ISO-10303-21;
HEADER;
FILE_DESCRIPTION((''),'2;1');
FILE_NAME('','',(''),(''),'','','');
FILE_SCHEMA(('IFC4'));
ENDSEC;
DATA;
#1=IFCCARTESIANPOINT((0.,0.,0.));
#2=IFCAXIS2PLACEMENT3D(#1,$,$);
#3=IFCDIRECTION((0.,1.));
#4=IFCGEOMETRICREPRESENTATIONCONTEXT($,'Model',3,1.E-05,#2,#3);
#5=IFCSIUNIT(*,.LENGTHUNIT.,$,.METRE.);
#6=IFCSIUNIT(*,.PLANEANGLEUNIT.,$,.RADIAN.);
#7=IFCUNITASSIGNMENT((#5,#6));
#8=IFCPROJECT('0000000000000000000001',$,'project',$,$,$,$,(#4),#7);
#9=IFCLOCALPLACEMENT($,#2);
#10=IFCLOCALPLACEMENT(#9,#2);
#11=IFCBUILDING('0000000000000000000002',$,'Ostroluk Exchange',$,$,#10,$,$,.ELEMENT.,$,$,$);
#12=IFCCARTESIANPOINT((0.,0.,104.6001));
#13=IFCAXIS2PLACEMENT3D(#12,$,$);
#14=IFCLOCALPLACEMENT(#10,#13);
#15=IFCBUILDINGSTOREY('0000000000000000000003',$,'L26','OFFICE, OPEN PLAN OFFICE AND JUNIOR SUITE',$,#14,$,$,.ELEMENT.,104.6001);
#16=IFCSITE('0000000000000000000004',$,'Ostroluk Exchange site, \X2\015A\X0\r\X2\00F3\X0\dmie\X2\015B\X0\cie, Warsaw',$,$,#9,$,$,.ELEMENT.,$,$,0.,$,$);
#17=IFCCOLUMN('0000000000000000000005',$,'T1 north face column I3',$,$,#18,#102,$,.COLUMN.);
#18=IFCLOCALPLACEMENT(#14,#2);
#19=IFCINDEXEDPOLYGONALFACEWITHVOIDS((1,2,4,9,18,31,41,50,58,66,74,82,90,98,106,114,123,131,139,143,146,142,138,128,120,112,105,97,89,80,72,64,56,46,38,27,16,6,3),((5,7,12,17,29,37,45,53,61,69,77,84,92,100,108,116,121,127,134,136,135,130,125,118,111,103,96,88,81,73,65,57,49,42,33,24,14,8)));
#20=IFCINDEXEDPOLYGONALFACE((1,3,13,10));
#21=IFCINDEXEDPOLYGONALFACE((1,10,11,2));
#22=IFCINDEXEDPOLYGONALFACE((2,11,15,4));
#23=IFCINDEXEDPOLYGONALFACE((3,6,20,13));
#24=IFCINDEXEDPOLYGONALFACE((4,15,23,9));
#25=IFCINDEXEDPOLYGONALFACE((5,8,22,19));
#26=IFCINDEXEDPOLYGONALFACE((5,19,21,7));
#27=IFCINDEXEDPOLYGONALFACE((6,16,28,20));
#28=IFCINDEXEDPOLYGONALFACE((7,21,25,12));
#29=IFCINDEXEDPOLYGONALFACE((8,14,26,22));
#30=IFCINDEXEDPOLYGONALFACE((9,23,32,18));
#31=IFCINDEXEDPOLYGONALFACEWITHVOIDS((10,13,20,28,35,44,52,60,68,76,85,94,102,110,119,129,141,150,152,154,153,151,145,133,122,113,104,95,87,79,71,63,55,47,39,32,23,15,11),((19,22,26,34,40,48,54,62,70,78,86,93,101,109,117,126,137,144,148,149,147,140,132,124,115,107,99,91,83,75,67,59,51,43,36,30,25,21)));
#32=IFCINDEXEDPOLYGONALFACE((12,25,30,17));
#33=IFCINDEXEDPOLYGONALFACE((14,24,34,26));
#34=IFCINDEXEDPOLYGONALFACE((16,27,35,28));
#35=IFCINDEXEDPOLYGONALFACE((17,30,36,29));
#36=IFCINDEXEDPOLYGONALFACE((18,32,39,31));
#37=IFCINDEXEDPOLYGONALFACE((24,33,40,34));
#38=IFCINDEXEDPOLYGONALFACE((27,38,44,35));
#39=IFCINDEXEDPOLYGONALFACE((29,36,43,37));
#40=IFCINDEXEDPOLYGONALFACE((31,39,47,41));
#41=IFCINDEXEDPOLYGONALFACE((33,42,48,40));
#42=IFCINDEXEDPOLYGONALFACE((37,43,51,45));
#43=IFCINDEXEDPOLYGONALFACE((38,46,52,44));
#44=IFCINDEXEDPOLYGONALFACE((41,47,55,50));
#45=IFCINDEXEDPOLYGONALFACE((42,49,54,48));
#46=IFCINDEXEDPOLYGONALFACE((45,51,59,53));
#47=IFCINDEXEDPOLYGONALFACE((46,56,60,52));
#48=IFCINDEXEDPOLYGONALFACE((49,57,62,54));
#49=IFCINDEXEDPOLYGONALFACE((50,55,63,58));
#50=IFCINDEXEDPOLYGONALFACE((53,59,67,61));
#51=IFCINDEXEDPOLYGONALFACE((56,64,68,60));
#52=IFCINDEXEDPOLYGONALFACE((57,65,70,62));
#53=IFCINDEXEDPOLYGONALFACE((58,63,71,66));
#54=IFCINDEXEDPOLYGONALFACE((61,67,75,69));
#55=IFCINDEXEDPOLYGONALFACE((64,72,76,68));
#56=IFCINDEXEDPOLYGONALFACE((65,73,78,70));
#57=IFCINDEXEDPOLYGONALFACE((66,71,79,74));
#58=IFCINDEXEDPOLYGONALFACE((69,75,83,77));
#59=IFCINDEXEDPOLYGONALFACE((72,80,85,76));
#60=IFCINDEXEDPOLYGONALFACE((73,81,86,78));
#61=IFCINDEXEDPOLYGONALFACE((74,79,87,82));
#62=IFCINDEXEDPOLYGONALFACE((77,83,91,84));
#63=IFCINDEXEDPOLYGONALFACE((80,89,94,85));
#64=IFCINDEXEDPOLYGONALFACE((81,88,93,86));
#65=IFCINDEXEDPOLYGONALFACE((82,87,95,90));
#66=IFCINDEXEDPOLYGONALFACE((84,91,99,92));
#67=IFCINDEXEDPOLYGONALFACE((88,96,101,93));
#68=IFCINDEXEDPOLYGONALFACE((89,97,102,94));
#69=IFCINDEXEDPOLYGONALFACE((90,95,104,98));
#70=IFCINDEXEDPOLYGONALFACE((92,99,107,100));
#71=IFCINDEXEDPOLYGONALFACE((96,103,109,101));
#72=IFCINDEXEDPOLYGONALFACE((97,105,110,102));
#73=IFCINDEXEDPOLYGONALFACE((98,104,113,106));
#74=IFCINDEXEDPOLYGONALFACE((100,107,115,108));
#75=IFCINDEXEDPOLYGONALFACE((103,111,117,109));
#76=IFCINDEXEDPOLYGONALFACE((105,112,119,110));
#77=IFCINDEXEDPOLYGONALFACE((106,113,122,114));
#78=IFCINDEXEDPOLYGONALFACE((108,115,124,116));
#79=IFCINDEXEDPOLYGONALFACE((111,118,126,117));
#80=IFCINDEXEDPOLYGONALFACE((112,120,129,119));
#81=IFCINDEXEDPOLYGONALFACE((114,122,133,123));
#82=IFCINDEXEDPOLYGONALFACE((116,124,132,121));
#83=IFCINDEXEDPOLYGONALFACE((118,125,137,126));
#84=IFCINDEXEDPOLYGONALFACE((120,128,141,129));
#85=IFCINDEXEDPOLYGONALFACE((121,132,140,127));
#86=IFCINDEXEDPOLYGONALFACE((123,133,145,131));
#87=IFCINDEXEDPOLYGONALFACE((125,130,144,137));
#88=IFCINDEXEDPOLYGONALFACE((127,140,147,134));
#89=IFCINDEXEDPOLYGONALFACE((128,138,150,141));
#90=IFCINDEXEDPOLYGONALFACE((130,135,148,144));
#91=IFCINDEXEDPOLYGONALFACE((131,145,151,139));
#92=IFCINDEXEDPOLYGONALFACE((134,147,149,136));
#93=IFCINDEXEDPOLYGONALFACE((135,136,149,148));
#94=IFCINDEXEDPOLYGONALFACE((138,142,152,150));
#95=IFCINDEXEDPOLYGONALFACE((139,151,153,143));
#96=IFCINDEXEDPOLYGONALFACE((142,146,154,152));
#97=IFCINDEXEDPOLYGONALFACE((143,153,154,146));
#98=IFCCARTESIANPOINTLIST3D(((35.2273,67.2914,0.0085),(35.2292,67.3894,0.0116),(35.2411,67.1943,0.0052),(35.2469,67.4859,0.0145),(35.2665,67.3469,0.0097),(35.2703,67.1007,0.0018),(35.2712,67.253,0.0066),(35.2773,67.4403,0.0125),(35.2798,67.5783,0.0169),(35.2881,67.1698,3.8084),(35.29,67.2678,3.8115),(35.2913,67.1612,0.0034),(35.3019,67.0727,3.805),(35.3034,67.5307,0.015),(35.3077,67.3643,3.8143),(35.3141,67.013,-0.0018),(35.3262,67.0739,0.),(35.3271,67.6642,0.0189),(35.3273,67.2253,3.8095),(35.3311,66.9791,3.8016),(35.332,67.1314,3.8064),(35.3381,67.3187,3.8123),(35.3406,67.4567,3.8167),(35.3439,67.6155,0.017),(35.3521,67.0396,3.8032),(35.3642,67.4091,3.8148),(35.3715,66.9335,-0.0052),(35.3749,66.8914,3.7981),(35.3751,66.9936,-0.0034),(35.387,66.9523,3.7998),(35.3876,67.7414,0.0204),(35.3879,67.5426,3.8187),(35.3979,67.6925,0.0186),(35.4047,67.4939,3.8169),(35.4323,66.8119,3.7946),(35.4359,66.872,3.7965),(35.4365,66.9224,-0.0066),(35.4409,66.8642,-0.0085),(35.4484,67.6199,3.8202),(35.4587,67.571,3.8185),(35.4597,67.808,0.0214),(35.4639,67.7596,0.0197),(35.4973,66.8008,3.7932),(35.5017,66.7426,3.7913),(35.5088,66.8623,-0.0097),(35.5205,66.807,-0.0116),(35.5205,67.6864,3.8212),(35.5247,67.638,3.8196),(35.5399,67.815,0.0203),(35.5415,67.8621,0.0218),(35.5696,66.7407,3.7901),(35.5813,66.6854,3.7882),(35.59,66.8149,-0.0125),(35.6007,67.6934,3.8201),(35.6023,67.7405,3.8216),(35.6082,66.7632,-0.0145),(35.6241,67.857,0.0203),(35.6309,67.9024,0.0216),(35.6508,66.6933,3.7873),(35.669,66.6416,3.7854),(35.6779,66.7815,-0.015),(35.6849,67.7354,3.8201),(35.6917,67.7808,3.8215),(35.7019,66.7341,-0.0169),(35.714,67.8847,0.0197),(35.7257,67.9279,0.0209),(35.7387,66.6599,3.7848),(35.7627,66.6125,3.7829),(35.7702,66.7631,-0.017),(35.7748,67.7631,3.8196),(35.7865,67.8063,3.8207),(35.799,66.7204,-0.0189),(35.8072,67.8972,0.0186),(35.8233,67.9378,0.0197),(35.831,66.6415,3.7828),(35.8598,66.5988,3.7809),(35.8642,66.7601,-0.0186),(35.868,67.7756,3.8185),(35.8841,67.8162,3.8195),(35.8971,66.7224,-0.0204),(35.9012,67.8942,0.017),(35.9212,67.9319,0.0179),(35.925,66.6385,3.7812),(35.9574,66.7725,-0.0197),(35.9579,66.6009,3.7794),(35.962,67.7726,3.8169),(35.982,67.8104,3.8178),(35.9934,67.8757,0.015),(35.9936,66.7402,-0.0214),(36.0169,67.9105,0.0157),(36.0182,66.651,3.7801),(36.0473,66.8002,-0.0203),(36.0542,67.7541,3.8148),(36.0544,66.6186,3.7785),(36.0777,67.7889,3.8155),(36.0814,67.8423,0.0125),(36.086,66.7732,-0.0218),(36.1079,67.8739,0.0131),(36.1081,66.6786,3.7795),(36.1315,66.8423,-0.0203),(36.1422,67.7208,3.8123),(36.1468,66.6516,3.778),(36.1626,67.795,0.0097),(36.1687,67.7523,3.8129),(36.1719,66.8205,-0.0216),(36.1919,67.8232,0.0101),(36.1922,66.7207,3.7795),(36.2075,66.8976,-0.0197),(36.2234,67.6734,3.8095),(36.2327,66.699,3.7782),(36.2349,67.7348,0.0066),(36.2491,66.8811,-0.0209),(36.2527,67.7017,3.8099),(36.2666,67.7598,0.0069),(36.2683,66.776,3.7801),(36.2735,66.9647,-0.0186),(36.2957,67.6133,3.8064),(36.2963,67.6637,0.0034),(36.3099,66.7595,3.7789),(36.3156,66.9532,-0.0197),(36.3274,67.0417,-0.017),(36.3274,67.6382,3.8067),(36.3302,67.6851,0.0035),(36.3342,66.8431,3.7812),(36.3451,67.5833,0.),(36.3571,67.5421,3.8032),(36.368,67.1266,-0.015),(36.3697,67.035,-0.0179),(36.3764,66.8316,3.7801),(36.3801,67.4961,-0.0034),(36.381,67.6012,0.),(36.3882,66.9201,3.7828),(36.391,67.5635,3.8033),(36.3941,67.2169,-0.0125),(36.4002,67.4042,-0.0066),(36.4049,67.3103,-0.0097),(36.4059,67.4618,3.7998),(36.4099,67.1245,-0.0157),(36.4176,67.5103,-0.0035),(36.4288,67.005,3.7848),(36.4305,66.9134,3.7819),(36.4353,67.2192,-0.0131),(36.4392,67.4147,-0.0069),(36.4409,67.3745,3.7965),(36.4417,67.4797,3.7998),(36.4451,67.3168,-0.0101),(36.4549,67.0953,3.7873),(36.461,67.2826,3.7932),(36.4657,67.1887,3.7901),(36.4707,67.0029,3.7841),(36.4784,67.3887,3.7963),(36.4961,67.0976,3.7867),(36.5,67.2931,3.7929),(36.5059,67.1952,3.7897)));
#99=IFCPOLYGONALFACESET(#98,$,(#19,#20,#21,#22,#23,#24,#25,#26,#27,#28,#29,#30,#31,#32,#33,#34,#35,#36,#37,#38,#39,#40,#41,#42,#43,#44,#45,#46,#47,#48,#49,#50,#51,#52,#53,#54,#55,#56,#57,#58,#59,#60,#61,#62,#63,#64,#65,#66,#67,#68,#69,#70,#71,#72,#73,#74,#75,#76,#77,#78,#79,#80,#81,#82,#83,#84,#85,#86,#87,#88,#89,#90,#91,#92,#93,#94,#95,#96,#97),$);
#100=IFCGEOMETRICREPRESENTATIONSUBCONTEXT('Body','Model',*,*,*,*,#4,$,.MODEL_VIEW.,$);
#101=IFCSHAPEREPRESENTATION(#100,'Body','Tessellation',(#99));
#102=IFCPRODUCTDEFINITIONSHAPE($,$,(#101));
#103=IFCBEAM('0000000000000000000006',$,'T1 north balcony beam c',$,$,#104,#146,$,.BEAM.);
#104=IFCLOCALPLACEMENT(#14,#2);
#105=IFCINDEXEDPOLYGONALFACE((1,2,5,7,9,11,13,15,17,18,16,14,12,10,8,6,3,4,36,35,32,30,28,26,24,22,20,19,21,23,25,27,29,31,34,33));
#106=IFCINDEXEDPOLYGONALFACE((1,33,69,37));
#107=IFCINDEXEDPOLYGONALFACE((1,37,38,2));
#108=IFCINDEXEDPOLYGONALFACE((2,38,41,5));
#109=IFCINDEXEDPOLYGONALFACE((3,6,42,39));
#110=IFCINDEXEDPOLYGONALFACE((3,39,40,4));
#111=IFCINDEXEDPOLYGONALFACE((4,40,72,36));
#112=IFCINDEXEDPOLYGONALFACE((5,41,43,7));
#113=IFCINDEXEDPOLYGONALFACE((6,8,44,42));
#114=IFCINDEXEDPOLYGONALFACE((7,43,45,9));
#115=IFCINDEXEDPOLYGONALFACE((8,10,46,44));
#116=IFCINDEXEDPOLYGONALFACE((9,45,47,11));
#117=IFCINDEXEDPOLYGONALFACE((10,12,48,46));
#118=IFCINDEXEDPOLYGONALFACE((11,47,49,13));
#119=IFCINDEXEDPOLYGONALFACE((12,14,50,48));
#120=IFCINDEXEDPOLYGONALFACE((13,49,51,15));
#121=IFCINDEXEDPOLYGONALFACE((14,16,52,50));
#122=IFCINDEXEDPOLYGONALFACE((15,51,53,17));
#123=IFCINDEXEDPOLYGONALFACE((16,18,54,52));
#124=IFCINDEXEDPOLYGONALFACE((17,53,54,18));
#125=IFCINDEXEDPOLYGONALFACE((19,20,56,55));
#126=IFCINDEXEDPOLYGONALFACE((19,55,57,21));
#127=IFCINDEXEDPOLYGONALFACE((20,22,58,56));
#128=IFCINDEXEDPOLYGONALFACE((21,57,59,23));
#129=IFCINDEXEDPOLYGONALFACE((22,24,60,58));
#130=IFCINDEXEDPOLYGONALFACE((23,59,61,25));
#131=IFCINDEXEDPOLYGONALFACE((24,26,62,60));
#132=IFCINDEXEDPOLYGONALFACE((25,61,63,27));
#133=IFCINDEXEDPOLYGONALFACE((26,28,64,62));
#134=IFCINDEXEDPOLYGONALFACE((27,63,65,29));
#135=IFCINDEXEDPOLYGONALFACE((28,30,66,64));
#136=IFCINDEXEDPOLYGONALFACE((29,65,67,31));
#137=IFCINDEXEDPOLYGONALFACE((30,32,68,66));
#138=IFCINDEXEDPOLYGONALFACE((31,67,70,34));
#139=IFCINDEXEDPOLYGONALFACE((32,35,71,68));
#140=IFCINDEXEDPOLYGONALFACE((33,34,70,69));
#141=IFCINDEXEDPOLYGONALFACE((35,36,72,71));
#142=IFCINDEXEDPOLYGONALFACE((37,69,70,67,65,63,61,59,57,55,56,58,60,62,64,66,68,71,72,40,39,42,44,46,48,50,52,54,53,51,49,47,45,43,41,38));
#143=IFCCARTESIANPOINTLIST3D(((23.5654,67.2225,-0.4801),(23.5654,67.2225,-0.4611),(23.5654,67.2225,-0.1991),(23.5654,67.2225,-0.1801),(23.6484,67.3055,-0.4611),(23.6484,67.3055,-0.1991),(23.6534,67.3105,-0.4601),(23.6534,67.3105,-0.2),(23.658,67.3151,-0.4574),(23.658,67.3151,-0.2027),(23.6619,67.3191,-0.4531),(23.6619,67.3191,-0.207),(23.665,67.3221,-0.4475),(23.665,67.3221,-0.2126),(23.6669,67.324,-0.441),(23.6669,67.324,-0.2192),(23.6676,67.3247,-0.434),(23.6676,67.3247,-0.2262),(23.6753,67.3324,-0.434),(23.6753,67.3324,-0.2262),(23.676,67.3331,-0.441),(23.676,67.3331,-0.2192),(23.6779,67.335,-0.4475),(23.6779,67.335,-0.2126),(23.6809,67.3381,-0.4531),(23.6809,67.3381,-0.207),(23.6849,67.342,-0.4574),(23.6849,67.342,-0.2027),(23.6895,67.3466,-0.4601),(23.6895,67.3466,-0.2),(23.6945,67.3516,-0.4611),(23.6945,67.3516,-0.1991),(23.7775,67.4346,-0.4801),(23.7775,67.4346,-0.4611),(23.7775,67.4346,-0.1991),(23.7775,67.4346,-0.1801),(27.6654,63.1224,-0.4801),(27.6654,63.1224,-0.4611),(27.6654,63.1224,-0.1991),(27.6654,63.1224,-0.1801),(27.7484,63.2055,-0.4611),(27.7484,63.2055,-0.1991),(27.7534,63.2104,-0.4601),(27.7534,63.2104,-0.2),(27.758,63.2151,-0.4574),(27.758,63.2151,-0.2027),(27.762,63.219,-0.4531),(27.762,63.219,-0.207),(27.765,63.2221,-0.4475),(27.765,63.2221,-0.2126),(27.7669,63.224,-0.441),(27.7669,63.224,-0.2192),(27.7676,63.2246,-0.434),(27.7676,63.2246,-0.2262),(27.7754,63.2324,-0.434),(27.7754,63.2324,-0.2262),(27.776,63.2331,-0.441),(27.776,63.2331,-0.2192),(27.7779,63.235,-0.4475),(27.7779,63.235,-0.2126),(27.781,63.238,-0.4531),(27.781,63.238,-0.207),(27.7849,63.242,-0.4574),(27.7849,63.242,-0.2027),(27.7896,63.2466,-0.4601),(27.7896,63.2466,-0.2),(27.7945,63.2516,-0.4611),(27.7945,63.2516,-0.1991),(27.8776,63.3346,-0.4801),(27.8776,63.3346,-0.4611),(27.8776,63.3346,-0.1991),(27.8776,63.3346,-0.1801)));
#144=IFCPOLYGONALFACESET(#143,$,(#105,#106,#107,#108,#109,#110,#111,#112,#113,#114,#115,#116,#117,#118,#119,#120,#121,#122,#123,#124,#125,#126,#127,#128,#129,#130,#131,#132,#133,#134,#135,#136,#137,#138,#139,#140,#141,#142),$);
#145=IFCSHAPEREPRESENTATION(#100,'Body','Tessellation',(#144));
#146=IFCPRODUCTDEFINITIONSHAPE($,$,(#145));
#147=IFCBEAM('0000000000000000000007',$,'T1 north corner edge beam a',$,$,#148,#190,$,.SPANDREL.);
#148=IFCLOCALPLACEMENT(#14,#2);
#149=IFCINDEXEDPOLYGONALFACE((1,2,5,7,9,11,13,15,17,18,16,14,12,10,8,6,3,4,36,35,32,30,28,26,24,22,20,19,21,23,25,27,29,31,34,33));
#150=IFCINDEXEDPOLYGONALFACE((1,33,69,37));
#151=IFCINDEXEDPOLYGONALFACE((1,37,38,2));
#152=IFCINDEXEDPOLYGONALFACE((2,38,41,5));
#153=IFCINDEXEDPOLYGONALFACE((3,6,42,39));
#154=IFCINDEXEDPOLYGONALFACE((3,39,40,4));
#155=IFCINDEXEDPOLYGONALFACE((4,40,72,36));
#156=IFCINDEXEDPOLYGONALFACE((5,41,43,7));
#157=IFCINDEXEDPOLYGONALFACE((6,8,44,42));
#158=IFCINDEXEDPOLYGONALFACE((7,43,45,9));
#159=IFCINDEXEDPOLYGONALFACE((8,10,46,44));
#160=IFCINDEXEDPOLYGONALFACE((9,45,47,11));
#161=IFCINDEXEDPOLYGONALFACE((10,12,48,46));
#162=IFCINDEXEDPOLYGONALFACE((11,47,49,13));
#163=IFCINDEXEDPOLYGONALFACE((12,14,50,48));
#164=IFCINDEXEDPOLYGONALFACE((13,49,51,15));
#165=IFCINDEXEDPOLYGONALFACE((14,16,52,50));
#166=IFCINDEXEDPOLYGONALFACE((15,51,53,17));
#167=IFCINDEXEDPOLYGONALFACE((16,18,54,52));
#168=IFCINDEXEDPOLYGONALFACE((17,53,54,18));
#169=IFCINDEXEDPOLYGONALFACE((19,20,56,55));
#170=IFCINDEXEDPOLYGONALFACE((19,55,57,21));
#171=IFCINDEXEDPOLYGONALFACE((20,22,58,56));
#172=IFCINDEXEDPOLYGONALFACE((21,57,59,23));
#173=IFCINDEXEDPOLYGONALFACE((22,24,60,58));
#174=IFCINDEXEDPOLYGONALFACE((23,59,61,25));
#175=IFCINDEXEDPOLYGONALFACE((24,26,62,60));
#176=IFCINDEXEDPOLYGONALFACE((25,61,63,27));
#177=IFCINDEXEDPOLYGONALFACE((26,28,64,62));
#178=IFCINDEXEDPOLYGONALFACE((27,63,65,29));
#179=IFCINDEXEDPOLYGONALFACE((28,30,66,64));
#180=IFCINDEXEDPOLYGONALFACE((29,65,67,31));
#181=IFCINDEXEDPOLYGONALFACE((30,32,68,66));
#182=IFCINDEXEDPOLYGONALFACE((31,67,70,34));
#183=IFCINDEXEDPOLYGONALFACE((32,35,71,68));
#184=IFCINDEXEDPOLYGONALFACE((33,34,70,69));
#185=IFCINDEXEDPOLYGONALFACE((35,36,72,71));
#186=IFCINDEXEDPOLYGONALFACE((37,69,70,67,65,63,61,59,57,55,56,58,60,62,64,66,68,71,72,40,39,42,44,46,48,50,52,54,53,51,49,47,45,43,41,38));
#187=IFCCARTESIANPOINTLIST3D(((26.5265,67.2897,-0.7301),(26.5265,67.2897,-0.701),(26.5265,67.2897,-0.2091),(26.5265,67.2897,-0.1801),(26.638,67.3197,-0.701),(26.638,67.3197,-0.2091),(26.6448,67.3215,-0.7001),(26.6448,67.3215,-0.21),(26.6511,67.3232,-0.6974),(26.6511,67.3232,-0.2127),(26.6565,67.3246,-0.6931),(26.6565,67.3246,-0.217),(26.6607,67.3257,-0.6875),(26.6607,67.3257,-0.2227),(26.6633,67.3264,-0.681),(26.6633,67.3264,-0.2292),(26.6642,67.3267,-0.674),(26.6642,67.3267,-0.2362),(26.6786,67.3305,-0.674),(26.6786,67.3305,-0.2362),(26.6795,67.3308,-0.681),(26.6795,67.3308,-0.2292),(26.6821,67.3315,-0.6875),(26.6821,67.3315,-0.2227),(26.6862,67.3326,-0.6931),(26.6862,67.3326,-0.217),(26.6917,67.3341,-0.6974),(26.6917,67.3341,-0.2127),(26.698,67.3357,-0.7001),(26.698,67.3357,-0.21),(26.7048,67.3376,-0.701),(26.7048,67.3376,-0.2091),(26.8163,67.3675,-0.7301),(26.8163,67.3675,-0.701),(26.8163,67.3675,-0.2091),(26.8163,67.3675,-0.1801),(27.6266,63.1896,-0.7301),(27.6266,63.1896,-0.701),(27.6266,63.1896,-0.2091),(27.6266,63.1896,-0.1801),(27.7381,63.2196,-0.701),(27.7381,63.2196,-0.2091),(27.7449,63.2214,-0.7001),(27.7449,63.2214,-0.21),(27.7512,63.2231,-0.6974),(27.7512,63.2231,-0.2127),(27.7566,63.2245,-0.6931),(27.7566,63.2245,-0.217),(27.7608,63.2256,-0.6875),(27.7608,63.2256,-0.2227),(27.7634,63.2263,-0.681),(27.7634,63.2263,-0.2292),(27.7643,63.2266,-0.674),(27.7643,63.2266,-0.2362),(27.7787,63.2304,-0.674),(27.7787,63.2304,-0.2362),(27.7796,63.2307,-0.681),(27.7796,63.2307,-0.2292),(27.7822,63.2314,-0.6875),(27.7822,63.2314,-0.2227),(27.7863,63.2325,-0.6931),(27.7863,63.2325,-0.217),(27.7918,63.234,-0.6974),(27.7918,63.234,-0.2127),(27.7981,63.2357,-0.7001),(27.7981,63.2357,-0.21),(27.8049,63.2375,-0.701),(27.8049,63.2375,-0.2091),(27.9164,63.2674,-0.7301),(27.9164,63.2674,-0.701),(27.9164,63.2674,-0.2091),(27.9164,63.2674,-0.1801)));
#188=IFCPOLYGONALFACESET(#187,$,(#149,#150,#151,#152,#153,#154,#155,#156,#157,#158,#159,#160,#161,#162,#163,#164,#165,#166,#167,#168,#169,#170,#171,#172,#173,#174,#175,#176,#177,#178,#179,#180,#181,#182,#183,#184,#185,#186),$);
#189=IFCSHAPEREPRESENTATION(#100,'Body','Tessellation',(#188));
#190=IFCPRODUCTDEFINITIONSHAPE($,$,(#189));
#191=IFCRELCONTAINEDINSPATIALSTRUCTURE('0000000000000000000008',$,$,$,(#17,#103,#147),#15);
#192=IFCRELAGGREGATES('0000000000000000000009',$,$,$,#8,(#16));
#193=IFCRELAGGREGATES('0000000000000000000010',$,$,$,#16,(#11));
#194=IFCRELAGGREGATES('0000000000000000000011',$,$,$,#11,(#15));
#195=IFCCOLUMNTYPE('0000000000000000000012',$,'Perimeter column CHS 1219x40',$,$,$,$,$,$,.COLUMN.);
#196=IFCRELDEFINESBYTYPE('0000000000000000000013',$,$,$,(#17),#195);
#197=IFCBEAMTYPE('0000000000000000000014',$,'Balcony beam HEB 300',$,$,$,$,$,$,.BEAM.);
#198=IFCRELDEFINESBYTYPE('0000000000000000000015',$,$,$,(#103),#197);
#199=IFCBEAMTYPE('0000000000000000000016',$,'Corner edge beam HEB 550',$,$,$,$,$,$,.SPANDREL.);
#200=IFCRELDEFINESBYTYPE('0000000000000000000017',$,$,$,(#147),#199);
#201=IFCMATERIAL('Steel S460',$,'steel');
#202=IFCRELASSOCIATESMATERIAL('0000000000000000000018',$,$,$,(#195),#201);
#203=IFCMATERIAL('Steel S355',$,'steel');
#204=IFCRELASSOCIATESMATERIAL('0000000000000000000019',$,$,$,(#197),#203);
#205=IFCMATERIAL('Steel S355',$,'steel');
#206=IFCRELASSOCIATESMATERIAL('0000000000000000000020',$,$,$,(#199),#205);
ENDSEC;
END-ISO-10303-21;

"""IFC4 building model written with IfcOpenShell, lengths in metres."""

from ifc_helpers import new_model, si_unit, direction, frame, origin, origin_2d, place, context, subcontext, project, spatial, hollow_circle, i_section, extrude, material, material_profile, profile_set, type_object, element, save


model = new_model("IFC4")

# Units and contexts
model_context = context("Model", 3, precision=1e-05, world=origin(), true_north=direction((0.0, 1.0)))
body_context = subcontext(model_context, "Body", "Model", "MODEL_VIEW")
ifc_project = project(units=[si_unit("LENGTHUNIT", "METRE"), si_unit("PLANEANGLEUNIT", "RADIAN")], contexts=[model_context])

# Site, building, storey
site_placement = place(None, origin())
site = spatial("IfcSite", under=ifc_project, at=site_placement, Name="Ostroluk Exchange site, Śródmieście, Warsaw", CompositionType="ELEMENT", RefElevation=0.0)
building_placement = place(site_placement, origin())
building = spatial("IfcBuilding", under=site, at=building_placement, Name="Ostroluk Exchange", CompositionType="ELEMENT")
storey_placement = place(building_placement, frame((0.0, 0.0, 104.6001)))
storey = spatial("IfcBuildingStorey", under=building, at=storey_placement, Name="L26", Description="OFFICE, OPEN PLAN OFFICE AND JUNIOR SUITE", CompositionType="ELEMENT", Elevation=104.6001)

# Column
ifc_material_1 = material(Name="Steel S460", Category="steel")
ifc_material_profile_1 = material_profile(ifc_material_1, hollow_circle(Radius=0.6096, WallThickness=0.04, at=origin_2d()), Name="CHS 1219x40")
ifc_profile_set_1 = profile_set([ifc_material_profile_1], Name="Steel S460")
column_type = type_object("IfcColumnType", Name="Perimeter column CHS 1219x40", PredefinedType="COLUMN", material=ifc_profile_set_1)
column_placement = place(storey_placement, frame((35.8357, 67.3286, 0.0), z_axis=(0.015988, -0.031976, 0.999361), x_axis=(0.894427, 0.447214, 0.0)))
element("IfcColumn", 1, at=column_placement, inside=storey, type_object=column_type, Name="T1 north face column I3", PredefinedType="COLUMN", context=body_context, shape_type="SweptSolid", body=[
    extrude(hollow_circle(Radius=0.6096, WallThickness=0.04, at=origin_2d()), origin(), (0.0, 0.0, 1.0), 3.8022),
])

# Beams
ifc_material_2 = material(Name="Steel S355", Category="steel")
ifc_material_profile_2 = material_profile(ifc_material_2, i_section(OverallWidth=0.3, OverallDepth=0.3, WebThickness=0.011, FlangeThickness=0.019, FilletRadius=0.0271, at=origin_2d()), Name="HEB 300")
ifc_profile_set_2 = profile_set([ifc_material_profile_2], Name="Steel S355")
beam_type_1 = type_object("IfcBeamType", Name="Balcony beam HEB 300", PredefinedType="BEAM", material=ifc_profile_set_2)
beam_1_placement = place(storey_placement, frame((27.7715, 63.2285, -0.3301), z_axis=(-0.707107, 0.707107, 0.0), x_axis=(-0.707107, -0.707107, 0.0)))
element("IfcBeam", 2, at=beam_1_placement, inside=storey, type_object=beam_type_1, Name="T1 north balcony beam c", PredefinedType="BEAM", context=body_context, shape_type="SweptSolid", body=[
    extrude(i_section(OverallWidth=0.3, OverallDepth=0.3, WebThickness=0.011, FlangeThickness=0.019, FilletRadius=0.0271, at=origin_2d()), origin(), (0.0, 0.0, 1.0), 5.7983),
])
ifc_material_3 = material(Name="Steel S355", Category="steel")
ifc_material_profile_3 = material_profile(ifc_material_3, i_section(OverallWidth=0.3, OverallDepth=0.55, WebThickness=0.0149, FlangeThickness=0.0291, FilletRadius=0.0271, at=origin_2d()), Name="HEB 550")
ifc_profile_set_3 = profile_set([ifc_material_profile_3], Name="Steel S355")
beam_type_2 = type_object("IfcBeamType", Name="Corner edge beam HEB 550", PredefinedType="SPANDREL", material=ifc_profile_set_3)
for number, where, z_axis, x_axis, name in (
    (3, (27.7715, 63.2285, -0.4551), (-0.259144, 0.965839, 0.0), (-0.965839, -0.259144, 0.0), "T1 north corner edge beam a"),
):
    element("IfcBeam", number, at=place(storey_placement, frame(where, z_axis=z_axis, x_axis=x_axis)), inside=storey, type_object=beam_type_2, Name=name, PredefinedType="SPANDREL", context=body_context, shape_type="SweptSolid", body=[
        extrude(i_section(OverallWidth=0.3, OverallDepth=0.55, WebThickness=0.0149, FlangeThickness=0.0291, FilletRadius=0.0271, at=origin_2d()), origin(), (0.0, 0.0, 1.0), 4.2451),
    ])

save(model, "model.ifc")
